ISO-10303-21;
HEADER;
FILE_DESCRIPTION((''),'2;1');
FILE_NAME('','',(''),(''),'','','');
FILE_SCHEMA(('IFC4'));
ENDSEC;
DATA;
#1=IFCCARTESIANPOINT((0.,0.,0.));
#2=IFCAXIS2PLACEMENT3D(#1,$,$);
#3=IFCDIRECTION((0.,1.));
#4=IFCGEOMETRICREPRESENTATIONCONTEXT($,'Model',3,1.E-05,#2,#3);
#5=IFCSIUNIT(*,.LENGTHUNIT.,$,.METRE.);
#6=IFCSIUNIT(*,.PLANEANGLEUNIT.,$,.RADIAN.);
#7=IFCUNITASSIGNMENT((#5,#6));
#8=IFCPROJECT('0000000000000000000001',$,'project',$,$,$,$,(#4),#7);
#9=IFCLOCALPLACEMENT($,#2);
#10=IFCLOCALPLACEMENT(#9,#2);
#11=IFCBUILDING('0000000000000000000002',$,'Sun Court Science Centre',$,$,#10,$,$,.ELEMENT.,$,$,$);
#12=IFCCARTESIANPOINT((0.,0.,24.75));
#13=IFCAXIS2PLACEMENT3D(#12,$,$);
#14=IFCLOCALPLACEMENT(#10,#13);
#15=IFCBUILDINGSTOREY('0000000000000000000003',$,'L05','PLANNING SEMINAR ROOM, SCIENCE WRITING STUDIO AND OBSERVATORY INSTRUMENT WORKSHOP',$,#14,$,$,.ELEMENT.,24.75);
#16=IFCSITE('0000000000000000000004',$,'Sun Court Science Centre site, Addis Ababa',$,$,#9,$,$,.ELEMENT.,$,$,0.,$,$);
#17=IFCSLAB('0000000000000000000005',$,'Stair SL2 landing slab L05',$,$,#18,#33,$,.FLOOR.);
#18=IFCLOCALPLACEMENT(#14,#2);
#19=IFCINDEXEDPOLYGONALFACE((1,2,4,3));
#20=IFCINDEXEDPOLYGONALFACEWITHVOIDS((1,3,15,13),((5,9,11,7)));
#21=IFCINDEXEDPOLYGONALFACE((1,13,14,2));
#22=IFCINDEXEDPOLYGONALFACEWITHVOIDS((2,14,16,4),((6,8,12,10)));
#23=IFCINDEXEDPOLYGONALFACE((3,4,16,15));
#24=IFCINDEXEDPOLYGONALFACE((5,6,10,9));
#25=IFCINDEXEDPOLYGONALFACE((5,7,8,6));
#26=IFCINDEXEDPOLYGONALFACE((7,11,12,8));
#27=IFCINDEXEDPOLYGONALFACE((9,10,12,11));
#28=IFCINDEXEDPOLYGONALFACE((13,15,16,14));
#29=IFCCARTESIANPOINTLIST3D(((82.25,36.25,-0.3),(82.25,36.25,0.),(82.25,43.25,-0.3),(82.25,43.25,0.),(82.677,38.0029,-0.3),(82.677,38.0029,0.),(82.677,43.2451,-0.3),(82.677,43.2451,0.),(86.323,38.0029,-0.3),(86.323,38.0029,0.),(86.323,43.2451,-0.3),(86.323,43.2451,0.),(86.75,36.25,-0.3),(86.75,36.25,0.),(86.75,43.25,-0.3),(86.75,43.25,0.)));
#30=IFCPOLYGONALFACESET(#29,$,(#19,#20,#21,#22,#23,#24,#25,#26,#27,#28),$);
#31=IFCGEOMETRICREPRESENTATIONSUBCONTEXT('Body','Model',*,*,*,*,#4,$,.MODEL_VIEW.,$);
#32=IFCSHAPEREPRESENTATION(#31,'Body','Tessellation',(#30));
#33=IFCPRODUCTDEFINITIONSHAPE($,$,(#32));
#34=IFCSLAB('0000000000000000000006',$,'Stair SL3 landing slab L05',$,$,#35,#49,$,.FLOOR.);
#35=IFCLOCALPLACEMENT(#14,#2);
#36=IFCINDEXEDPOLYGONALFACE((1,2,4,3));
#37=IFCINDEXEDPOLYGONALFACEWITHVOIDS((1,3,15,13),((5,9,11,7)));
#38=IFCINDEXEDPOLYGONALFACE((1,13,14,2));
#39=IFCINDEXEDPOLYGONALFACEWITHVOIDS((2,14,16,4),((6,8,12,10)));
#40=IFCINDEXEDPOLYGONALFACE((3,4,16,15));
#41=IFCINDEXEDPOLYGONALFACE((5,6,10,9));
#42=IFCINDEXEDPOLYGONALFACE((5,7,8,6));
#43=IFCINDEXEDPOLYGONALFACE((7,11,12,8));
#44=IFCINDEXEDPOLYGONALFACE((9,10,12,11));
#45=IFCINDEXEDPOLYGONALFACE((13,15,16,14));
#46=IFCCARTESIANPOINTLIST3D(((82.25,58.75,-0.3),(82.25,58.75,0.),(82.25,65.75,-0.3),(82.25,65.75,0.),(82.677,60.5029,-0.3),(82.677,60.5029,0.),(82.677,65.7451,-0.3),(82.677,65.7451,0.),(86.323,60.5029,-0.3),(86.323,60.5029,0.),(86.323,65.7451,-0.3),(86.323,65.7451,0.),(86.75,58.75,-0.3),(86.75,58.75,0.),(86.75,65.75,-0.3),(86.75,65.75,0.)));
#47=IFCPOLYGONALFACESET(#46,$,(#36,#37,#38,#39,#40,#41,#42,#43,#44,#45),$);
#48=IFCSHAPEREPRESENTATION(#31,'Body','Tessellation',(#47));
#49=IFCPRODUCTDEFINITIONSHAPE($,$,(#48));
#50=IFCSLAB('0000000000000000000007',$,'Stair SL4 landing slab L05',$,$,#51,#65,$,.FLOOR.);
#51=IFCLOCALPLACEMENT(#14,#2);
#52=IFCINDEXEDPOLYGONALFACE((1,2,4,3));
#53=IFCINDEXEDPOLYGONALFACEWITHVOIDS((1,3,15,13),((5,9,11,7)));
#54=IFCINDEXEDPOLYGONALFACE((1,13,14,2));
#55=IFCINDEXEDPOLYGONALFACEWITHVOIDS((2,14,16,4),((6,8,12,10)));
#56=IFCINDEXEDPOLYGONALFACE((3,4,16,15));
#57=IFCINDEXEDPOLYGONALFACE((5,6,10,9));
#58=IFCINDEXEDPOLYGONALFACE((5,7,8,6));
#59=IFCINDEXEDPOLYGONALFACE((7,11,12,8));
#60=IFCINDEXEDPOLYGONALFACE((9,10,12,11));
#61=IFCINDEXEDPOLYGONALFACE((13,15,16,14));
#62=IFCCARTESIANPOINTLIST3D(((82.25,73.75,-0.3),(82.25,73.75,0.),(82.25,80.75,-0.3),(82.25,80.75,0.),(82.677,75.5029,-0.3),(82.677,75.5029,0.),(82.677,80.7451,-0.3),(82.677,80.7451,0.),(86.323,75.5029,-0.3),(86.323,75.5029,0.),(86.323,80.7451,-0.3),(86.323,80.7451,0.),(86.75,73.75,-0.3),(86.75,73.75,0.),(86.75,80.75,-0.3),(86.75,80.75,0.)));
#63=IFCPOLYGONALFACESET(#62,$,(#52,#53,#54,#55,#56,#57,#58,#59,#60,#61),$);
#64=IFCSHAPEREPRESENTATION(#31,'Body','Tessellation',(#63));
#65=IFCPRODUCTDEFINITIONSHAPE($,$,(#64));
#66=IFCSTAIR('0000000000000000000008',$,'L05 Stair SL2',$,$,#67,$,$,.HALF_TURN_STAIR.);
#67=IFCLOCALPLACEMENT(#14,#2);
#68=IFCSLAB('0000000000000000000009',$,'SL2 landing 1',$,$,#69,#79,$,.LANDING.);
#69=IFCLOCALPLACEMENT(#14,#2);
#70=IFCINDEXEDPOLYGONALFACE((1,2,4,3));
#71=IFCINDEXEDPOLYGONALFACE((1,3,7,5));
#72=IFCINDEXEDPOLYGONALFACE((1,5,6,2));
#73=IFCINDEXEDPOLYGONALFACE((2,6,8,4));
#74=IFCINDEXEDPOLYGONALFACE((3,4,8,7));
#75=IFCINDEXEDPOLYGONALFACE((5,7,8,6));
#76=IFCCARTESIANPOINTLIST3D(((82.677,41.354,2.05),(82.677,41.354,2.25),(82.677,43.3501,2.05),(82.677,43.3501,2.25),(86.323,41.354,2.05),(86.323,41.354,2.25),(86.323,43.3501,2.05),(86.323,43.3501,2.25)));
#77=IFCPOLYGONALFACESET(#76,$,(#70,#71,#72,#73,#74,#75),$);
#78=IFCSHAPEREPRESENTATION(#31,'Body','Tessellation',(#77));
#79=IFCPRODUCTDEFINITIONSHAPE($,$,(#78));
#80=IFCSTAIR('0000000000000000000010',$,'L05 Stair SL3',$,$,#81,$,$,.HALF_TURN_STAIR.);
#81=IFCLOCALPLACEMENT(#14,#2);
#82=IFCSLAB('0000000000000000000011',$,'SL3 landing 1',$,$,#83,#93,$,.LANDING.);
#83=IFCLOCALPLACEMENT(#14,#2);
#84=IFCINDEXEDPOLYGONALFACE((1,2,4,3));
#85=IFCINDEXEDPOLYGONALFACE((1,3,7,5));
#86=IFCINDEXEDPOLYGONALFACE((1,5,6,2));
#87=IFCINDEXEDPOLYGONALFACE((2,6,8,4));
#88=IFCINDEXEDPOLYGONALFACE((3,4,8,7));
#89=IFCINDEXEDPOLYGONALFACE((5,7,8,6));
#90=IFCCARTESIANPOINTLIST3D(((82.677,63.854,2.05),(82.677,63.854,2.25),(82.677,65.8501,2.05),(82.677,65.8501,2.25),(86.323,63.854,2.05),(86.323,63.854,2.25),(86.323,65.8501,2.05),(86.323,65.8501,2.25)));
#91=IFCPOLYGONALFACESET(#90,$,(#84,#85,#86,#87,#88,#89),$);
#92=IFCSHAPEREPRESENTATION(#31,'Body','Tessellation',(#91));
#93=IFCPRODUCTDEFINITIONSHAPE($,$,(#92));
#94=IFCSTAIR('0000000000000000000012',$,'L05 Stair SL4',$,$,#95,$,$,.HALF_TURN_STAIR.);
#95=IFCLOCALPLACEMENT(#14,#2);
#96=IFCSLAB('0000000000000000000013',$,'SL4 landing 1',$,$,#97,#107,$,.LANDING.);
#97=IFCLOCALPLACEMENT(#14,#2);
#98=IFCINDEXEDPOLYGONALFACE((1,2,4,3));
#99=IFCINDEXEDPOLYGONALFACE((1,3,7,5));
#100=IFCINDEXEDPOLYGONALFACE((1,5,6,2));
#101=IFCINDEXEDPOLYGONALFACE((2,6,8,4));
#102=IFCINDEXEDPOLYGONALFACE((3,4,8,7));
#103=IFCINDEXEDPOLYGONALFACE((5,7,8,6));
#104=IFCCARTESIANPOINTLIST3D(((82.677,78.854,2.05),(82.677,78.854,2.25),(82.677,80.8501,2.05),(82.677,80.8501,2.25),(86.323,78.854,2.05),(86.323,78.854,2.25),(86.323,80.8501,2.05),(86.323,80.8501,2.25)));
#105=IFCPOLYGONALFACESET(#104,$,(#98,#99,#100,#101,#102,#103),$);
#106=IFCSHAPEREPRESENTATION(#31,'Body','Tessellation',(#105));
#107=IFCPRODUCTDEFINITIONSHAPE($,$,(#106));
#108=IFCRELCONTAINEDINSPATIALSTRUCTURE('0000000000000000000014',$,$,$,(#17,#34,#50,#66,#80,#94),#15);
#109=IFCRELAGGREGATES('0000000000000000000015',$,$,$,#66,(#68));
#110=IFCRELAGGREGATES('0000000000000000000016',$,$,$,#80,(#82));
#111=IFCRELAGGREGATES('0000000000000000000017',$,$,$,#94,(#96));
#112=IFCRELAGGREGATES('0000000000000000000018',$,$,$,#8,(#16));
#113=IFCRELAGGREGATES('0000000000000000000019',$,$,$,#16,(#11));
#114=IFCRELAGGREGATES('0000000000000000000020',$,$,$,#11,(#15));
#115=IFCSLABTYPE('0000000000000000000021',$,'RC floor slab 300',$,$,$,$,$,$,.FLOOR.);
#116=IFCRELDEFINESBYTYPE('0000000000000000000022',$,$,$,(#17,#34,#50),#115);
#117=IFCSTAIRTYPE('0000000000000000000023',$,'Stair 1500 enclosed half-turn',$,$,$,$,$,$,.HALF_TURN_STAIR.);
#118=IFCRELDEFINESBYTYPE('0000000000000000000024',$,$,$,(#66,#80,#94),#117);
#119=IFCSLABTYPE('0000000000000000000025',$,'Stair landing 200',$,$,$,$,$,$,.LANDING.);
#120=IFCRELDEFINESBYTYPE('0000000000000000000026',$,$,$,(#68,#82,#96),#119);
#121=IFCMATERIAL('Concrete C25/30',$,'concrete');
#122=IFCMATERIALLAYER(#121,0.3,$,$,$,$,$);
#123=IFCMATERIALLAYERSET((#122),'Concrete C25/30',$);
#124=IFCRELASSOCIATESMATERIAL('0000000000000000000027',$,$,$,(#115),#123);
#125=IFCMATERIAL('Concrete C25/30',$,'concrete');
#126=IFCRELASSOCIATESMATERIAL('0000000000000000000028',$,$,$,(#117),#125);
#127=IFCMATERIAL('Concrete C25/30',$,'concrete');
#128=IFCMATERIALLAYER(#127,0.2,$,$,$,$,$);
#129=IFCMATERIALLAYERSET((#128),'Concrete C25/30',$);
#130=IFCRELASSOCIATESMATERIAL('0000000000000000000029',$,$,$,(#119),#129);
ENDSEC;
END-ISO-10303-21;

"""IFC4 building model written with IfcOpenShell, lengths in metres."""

from ifc_helpers import new_model, si_unit, direction, frame, origin, place, context, subcontext, project, spatial, polyline, outline, extrude, material, layer, layer_set, type_object, element, aggregate, save


model = new_model("IFC4")

# Units and contexts
model_context = context("Model", 3, precision=1e-05, world=origin(), true_north=direction((0.0, 1.0)))
body_context = subcontext(model_context, "Body", "Model", "MODEL_VIEW")
ifc_project = project(units=[si_unit("LENGTHUNIT", "METRE"), si_unit("PLANEANGLEUNIT", "RADIAN")], contexts=[model_context])

# Site, building, storey
site_placement = place(None, origin())
site = spatial("IfcSite", under=ifc_project, at=site_placement, Name="Sun Court Science Centre site, Addis Ababa", CompositionType="ELEMENT", RefElevation=0.0)
building_placement = place(site_placement, origin())
building = spatial("IfcBuilding", under=site, at=building_placement, Name="Sun Court Science Centre", CompositionType="ELEMENT")
storey_placement = place(building_placement, frame((0.0, 0.0, 24.75)))
storey = spatial("IfcBuildingStorey", under=building, at=storey_placement, Name="L05", Description="PLANNING SEMINAR ROOM, SCIENCE WRITING STUDIO AND OBSERVATORY INSTRUMENT WORKSHOP", CompositionType="ELEMENT", Elevation=24.75)

# Slabs
ifc_material_1 = material(Name="Concrete C25/30", Category="concrete")
ifc_layer_1 = layer(ifc_material_1, 0.3)
ifc_layer_set_1 = layer_set([ifc_layer_1], Name="Concrete C25/30")
slab_type_1 = type_object("IfcSlabType", Name="RC floor slab 300", PredefinedType="FLOOR", material=ifc_layer_set_1)
slab_1_placement = place(storey_placement, frame((0.0, 0.0, -0.3)))
element("IfcSlab", 1, at=slab_1_placement, inside=storey, type_object=slab_type_1, Name="Stair SL2 landing slab L05", PredefinedType="FLOOR", context=body_context, shape_type="SweptSolid", body=[
    extrude(outline(polyline([(82.25, 43.25), (82.25, 36.25), (86.75, 36.25), (86.75, 43.25), (82.25, 43.25)]), holes=[polyline([(86.323, 43.2451), (86.323, 38.0029), (82.677, 38.0029), (82.677, 43.2451), (86.323, 43.2451)])]), origin(), (0.0, 0.0, 1.0), 0.3),
])
slab_2_placement = place(storey_placement, frame((0.0, 0.0, -0.3)))
element("IfcSlab", 2, at=slab_2_placement, inside=storey, type_object=slab_type_1, Name="Stair SL3 landing slab L05", PredefinedType="FLOOR", context=body_context, shape_type="SweptSolid", body=[
    extrude(outline(polyline([(82.25, 65.75), (82.25, 58.75), (86.75, 58.75), (86.75, 65.75), (82.25, 65.75)]), holes=[polyline([(86.323, 65.7451), (86.323, 60.5029), (82.677, 60.5029), (82.677, 65.7451), (86.323, 65.7451)])]), origin(), (0.0, 0.0, 1.0), 0.3),
])
slab_3_placement = place(storey_placement, frame((0.0, 0.0, -0.3)))
element("IfcSlab", 3, at=slab_3_placement, inside=storey, type_object=slab_type_1, Name="Stair SL4 landing slab L05", PredefinedType="FLOOR", context=body_context, shape_type="SweptSolid", body=[
    extrude(outline(polyline([(82.25, 80.75), (82.25, 73.75), (86.75, 73.75), (86.75, 80.75), (82.25, 80.75)]), holes=[polyline([(86.323, 80.7451), (86.323, 75.5029), (82.677, 75.5029), (82.677, 80.7451), (86.323, 80.7451)])]), origin(), (0.0, 0.0, 1.0), 0.3),
])

# Stairs, slabs
ifc_material_2 = material(Name="Concrete C25/30", Category="concrete")
stair_type = type_object("IfcStairType", Name="Stair 1500 enclosed half-turn", PredefinedType="HALF_TURN_STAIR", material=ifc_material_2)
stair_1_placement = place(storey_placement, origin())
stair_1 = element("IfcStair", 4, at=stair_1_placement, inside=storey, type_object=stair_type, Name="L05 Stair SL2", PredefinedType="HALF_TURN_STAIR")
ifc_material_3 = material(Name="Concrete C25/30", Category="concrete")
ifc_layer_2 = layer(ifc_material_3, 0.2)
ifc_layer_set_2 = layer_set([ifc_layer_2], Name="Concrete C25/30")
slab_type_2 = type_object("IfcSlabType", Name="Stair landing 200", PredefinedType="LANDING", material=ifc_layer_set_2)
slab_4_placement = place(storey_placement, frame((0.0, 0.0, 2.05)))
slab_4 = element("IfcSlab", 5, at=slab_4_placement, type_object=slab_type_2, Name="SL2 landing 1", PredefinedType="LANDING", context=body_context, shape_type="SweptSolid", body=[
    extrude(outline(polyline([(86.323, 41.354), (86.323, 43.3501), (82.677, 43.3501), (82.677, 41.354), (86.323, 41.354)])), origin(), (0.0, 0.0, 1.0), 0.2),
])
aggregate(stair_1, [slab_4])
stair_2_placement = place(storey_placement, origin())
stair_2 = element("IfcStair", 6, at=stair_2_placement, inside=storey, type_object=stair_type, Name="L05 Stair SL3", PredefinedType="HALF_TURN_STAIR")
slab_5_placement = place(storey_placement, frame((0.0, 0.0, 2.05)))
slab_5 = element("IfcSlab", 7, at=slab_5_placement, type_object=slab_type_2, Name="SL3 landing 1", PredefinedType="LANDING", context=body_context, shape_type="SweptSolid", body=[
    extrude(outline(polyline([(86.323, 63.854), (86.323, 65.8501), (82.677, 65.8501), (82.677, 63.854), (86.323, 63.854)])), origin(), (0.0, 0.0, 1.0), 0.2),
])
aggregate(stair_2, [slab_5])
stair_3_placement = place(storey_placement, origin())
stair_3 = element("IfcStair", 8, at=stair_3_placement, inside=storey, type_object=stair_type, Name="L05 Stair SL4", PredefinedType="HALF_TURN_STAIR")
slab_6_placement = place(storey_placement, frame((0.0, 0.0, 2.05)))
slab_6 = element("IfcSlab", 9, at=slab_6_placement, type_object=slab_type_2, Name="SL4 landing 1", PredefinedType="LANDING", context=body_context, shape_type="SweptSolid", body=[
    extrude(outline(polyline([(86.323, 78.854), (86.323, 80.8501), (82.677, 80.8501), (82.677, 78.854), (86.323, 78.854)])), origin(), (0.0, 0.0, 1.0), 0.2),
])
aggregate(stair_3, [slab_6])

save(model, "model.ifc")
